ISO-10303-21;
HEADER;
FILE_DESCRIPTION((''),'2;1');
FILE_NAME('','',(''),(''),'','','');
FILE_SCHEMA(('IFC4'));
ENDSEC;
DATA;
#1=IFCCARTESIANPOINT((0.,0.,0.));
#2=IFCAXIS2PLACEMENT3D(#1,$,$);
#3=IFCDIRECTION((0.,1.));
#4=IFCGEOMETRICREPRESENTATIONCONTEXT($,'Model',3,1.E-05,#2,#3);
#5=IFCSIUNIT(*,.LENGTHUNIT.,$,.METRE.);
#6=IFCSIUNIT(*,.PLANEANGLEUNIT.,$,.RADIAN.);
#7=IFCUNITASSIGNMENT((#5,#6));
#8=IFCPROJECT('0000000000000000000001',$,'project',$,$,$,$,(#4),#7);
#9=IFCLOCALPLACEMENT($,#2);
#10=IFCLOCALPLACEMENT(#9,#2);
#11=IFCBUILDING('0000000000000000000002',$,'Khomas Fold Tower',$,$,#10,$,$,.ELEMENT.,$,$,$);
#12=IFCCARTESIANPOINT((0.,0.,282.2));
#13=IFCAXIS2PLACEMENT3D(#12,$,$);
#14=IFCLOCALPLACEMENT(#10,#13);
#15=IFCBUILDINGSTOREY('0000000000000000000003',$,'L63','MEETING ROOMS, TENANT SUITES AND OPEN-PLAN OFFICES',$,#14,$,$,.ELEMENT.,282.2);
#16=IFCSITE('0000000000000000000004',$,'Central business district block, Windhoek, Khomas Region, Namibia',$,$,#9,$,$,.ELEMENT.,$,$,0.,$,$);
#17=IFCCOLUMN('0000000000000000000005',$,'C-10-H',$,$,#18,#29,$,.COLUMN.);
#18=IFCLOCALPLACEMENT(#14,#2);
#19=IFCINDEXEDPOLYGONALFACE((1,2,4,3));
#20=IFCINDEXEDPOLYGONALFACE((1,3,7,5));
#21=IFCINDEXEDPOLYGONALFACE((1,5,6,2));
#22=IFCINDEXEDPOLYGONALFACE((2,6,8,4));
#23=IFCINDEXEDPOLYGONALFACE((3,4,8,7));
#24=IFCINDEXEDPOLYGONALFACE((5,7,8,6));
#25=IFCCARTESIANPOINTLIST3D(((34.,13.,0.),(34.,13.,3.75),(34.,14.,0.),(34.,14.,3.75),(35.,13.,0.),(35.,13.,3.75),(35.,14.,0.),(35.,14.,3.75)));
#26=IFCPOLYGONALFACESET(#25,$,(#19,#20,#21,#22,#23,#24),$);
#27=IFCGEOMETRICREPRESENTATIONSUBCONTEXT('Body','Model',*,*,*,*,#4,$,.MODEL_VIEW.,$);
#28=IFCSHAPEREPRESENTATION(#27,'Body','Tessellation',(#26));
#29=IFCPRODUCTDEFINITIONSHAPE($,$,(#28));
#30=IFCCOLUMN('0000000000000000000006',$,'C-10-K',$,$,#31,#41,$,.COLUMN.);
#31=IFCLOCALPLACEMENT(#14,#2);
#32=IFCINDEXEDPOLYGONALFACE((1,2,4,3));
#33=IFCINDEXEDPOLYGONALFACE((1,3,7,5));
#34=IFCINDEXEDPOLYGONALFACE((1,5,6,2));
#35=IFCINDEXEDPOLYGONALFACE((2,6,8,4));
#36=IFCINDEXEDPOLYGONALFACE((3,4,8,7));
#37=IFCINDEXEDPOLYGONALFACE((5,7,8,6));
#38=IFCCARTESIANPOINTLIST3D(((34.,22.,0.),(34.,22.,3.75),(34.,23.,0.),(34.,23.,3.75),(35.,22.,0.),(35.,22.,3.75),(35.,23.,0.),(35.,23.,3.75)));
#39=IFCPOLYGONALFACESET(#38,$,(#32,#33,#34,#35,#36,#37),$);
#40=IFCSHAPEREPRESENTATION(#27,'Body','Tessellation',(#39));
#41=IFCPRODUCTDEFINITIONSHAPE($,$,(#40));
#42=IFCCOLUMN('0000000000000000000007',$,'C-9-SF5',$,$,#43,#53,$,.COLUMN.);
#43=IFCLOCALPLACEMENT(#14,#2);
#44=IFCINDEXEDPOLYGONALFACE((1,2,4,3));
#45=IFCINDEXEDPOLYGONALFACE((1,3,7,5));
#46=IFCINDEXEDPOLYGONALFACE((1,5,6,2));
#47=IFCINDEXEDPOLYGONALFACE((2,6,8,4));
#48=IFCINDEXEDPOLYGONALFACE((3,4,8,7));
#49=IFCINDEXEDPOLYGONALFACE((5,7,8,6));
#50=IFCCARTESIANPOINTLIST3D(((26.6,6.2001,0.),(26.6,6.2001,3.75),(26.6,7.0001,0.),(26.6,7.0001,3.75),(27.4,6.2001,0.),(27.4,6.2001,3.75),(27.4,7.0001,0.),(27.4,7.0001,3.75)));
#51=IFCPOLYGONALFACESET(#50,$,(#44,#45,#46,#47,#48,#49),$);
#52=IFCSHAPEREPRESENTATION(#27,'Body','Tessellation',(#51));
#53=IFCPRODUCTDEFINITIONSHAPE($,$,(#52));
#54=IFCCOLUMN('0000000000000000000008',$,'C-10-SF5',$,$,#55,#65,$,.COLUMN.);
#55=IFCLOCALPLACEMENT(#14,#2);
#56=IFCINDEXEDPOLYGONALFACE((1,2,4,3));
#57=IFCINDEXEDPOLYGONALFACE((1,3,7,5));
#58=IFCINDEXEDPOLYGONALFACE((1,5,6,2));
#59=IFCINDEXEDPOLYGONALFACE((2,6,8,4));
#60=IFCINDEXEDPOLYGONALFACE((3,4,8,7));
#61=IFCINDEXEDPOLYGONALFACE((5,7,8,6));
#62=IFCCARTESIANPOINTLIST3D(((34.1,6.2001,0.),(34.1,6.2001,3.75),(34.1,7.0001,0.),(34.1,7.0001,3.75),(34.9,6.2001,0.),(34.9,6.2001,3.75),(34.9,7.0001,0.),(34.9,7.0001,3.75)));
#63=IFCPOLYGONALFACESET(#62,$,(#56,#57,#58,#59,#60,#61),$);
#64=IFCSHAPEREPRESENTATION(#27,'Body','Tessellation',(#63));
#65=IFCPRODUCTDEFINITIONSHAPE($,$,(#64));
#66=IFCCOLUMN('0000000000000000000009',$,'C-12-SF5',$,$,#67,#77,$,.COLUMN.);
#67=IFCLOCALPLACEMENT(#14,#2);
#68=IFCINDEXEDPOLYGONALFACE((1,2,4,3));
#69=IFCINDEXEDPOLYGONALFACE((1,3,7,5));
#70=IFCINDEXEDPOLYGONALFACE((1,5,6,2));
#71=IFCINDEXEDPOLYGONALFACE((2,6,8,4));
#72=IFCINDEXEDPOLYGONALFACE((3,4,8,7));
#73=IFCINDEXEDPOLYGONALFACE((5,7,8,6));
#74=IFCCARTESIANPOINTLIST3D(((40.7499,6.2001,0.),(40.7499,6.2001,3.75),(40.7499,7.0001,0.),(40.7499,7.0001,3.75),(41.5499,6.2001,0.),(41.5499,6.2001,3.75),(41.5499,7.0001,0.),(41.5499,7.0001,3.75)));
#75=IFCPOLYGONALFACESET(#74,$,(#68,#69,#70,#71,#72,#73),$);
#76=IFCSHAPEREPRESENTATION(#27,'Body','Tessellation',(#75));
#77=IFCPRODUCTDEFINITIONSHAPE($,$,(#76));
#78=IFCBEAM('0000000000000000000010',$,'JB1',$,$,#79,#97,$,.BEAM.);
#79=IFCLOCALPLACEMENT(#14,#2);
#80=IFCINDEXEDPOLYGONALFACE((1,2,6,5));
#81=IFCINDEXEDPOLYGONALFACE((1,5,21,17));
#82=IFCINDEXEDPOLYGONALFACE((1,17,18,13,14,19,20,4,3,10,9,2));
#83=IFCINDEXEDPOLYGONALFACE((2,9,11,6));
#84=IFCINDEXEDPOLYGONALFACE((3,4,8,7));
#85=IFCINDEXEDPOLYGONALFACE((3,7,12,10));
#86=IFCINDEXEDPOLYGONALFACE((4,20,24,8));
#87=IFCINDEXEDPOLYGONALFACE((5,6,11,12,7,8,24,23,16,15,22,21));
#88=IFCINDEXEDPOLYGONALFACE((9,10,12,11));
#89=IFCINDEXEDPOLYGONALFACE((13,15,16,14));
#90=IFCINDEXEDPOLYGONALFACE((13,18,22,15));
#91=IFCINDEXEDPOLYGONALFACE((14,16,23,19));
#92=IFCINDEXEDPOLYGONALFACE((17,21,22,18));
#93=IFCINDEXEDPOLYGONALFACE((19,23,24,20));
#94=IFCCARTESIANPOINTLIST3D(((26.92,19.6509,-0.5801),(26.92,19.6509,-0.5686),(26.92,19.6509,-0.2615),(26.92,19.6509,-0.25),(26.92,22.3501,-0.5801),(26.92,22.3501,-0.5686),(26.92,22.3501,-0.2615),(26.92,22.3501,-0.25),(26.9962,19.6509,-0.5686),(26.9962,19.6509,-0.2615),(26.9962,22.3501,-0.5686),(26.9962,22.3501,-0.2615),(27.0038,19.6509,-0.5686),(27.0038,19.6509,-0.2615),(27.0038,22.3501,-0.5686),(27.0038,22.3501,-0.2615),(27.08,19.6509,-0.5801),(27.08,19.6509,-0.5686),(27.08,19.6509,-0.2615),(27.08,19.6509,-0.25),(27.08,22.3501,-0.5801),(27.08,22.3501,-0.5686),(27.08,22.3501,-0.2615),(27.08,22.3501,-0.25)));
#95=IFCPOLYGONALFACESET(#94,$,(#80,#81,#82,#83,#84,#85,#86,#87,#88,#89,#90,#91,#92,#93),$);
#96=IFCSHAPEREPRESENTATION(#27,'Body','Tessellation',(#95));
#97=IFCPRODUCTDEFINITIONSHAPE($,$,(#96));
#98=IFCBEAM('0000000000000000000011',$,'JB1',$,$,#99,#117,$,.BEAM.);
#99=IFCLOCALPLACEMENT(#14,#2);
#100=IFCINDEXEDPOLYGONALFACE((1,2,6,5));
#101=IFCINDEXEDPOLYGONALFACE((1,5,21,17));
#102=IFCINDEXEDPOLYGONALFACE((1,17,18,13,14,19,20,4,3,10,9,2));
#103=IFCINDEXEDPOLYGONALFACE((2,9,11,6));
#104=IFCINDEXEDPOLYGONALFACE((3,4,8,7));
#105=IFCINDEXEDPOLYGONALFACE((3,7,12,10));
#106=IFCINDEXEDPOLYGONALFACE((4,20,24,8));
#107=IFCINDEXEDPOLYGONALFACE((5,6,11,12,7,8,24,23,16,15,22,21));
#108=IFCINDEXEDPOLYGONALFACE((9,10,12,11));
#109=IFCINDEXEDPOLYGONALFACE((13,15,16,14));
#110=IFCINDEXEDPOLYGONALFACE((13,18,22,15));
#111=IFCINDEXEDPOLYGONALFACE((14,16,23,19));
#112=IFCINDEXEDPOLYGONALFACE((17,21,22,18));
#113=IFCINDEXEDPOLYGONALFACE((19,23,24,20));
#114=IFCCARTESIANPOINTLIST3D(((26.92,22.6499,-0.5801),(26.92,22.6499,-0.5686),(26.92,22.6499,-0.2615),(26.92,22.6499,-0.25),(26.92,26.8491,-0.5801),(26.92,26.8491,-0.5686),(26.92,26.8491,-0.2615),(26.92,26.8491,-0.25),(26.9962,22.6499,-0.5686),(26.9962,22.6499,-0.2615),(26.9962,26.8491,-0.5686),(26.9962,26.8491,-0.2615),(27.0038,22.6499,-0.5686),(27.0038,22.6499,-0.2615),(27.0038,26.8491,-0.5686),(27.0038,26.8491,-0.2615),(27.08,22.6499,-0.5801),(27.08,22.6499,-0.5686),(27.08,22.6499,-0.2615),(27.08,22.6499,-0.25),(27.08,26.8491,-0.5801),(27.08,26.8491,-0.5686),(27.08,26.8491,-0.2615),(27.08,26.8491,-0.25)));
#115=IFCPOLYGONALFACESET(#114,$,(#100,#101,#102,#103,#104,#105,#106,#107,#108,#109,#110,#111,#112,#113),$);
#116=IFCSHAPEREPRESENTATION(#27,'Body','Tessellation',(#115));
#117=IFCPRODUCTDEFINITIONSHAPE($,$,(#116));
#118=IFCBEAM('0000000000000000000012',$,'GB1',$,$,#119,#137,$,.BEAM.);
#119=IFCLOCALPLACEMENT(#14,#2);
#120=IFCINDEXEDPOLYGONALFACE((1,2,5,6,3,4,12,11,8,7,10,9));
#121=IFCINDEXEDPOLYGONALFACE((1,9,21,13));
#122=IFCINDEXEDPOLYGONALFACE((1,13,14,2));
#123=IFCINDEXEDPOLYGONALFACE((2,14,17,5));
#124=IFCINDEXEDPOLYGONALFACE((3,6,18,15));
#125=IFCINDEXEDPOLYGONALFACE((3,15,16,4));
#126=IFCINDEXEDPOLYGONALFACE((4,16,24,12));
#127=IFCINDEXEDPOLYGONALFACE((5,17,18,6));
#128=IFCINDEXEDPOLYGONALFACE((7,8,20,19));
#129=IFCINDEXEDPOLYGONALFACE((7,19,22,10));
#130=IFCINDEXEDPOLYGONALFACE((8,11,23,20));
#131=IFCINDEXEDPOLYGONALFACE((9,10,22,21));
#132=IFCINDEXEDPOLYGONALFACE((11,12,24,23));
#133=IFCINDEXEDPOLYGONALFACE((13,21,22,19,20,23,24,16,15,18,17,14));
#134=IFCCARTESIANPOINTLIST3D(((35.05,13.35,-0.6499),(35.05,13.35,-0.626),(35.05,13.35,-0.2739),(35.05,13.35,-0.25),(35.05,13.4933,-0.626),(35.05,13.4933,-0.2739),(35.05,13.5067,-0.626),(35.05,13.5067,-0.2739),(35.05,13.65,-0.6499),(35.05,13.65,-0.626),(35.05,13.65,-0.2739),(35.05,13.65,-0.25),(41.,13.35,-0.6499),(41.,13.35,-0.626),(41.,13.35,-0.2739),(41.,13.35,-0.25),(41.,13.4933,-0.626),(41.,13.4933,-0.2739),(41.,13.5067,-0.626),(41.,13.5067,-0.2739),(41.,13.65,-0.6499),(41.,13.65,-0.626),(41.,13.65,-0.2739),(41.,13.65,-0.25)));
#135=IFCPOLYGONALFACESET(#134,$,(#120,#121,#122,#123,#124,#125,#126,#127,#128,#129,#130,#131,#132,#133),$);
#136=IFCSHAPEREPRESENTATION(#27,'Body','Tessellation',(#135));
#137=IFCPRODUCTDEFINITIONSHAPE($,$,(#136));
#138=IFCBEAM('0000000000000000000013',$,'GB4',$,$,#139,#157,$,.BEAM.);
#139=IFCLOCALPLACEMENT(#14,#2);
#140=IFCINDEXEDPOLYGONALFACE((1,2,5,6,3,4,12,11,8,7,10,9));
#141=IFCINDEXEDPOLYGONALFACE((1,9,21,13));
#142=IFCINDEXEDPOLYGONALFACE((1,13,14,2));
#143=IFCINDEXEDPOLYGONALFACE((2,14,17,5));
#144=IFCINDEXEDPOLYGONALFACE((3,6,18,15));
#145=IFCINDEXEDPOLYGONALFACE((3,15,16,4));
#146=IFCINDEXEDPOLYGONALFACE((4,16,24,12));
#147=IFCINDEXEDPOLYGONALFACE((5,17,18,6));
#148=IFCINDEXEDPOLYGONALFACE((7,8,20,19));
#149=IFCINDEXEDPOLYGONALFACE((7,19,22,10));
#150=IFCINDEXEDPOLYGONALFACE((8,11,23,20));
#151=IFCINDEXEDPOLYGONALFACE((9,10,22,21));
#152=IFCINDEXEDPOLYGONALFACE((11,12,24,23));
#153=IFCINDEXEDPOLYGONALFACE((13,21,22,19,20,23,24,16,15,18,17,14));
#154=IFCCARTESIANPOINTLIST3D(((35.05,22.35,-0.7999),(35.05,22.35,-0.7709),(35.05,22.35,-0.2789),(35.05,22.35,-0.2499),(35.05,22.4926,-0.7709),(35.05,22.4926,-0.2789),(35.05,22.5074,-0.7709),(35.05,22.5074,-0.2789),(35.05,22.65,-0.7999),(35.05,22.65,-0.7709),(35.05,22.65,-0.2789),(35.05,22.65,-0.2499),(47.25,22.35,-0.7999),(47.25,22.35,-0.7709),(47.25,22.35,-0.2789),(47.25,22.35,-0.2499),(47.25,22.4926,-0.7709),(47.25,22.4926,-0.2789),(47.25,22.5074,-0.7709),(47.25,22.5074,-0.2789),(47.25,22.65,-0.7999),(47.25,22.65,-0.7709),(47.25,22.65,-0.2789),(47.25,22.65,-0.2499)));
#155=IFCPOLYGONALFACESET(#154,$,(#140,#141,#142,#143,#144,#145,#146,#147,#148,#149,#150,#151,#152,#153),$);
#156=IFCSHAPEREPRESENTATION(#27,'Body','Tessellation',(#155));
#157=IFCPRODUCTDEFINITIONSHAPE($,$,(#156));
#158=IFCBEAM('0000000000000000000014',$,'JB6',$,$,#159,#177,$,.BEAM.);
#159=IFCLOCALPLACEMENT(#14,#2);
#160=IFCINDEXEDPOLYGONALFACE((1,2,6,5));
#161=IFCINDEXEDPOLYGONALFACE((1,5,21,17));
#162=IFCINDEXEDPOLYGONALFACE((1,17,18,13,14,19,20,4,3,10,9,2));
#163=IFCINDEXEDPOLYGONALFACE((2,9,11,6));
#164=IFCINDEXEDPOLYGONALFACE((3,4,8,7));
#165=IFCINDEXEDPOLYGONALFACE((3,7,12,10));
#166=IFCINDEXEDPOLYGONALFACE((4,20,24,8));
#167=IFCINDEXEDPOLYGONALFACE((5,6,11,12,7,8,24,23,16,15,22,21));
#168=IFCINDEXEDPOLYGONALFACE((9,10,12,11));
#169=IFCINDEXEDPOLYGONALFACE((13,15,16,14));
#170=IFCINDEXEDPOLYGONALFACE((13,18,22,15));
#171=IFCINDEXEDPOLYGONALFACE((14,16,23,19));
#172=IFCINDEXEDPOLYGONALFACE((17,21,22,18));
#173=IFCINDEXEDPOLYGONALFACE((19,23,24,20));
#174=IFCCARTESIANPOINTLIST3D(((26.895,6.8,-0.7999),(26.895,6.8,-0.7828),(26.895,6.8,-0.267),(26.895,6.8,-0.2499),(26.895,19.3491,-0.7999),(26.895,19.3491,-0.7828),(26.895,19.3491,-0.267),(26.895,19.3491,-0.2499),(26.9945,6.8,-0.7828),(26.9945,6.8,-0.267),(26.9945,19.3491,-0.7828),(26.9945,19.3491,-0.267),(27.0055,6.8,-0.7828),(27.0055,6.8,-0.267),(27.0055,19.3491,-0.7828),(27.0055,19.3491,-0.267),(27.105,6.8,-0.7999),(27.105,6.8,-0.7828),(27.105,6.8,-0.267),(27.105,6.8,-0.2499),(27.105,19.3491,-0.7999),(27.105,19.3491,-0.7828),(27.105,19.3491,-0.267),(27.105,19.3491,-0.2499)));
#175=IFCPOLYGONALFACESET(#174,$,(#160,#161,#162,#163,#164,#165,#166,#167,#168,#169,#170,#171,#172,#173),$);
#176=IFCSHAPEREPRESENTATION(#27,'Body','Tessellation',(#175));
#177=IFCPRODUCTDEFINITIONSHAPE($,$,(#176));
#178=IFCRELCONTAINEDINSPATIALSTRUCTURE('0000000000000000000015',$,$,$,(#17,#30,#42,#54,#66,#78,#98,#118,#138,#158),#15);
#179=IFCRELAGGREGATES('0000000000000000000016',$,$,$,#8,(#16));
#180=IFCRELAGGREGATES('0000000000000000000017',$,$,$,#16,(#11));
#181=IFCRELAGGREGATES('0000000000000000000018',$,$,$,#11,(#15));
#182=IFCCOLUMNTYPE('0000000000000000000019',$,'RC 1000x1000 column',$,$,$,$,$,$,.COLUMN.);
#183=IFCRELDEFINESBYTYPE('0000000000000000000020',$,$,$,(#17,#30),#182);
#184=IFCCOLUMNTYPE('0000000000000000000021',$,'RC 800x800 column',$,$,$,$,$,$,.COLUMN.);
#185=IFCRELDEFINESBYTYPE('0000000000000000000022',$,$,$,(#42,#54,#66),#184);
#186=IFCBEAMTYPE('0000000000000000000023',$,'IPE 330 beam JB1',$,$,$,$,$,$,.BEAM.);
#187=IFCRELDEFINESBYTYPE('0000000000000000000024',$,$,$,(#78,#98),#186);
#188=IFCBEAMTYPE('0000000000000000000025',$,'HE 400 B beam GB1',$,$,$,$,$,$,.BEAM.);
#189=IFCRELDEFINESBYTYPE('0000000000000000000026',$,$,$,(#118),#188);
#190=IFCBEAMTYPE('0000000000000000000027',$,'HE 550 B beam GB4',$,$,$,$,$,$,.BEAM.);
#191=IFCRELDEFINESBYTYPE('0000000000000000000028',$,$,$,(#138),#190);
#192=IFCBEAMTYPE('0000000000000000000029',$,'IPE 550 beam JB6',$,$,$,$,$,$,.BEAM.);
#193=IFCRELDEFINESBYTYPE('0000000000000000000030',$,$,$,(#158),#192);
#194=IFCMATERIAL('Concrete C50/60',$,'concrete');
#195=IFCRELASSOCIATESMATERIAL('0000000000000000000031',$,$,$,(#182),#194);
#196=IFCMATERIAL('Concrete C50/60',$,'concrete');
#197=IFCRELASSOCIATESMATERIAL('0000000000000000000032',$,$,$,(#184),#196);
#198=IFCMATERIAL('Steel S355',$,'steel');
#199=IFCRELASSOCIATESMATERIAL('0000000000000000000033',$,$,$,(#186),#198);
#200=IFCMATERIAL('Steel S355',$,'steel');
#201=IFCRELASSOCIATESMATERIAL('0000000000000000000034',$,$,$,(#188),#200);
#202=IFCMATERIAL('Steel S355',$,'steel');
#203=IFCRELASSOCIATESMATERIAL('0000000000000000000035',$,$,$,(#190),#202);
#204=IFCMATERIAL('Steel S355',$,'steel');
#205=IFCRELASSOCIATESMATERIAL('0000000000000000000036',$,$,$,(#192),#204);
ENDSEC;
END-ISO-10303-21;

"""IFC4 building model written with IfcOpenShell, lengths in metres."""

from ifc_helpers import new_model, si_unit, direction, frame, origin, origin_2d, place, context, subcontext, project, spatial, rectangle, i_section, extrude, source, transform, mapped, material, material_profile, profile_set, type_object, element, save


model = new_model("IFC4")

# Units and contexts
model_context = context("Model", 3, precision=1e-05, world=origin(), true_north=direction((0.0, 1.0)))
body_context = subcontext(model_context, "Body", "Model", "MODEL_VIEW")
ifc_project = project(units=[si_unit("LENGTHUNIT", "METRE"), si_unit("PLANEANGLEUNIT", "RADIAN")], contexts=[model_context])

# Site, building, storey
site_placement = place(None, origin())
site = spatial("IfcSite", under=ifc_project, at=site_placement, Name="Central business district block, Windhoek, Khomas Region, Namibia", CompositionType="ELEMENT", RefElevation=0.0)
building_placement = place(site_placement, origin())
building = spatial("IfcBuilding", under=site, at=building_placement, Name="Khomas Fold Tower", CompositionType="ELEMENT")
storey_placement = place(building_placement, frame((0.0, 0.0, 282.2)))
storey = spatial("IfcBuildingStorey", under=building, at=storey_placement, Name="L63", Description="MEETING ROOMS, TENANT SUITES AND OPEN-PLAN OFFICES", CompositionType="ELEMENT", Elevation=282.2)

# Columns
ifc_material_1 = material(Name="Concrete C50/60", Category="concrete")
ifc_material_profile_1 = material_profile(ifc_material_1, rectangle(XDim=1.0, YDim=1.0, at=origin_2d()), Name="RC 1000x1000")
ifc_profile_set_1 = profile_set([ifc_material_profile_1], Name="Concrete C50/60")
column_type_1 = type_object("IfcColumnType", Name="RC 1000x1000 column", PredefinedType="COLUMN", material=ifc_profile_set_1)
shared_shape_1 = source(origin(), body_context, "Body", "SweptSolid", [
    extrude(rectangle(XDim=1.0, YDim=1.0, at=origin_2d()), origin(), (0.0, 0.0, 1.0), 3.75),
])
for number, where, z_axis, x_axis, name in (
    (1, (34.5, 13.5, 0.0), (0.0, 0.0, 1.0), (1.0, 0.0, 0.0), "C-10-H"),
    (2, (34.5, 22.5, 0.0), (0.0, 0.0, 1.0), (1.0, 0.0, 0.0), "C-10-K"),
):
    element("IfcColumn", number, at=place(storey_placement, frame(where, z_axis=z_axis, x_axis=x_axis)), inside=storey, type_object=column_type_1, Name=name, PredefinedType="COLUMN", context=body_context, shape_type="MappedRepresentation", body=[
        mapped(shared_shape_1, transform((0.0, 0.0, 0.0))),
    ])
ifc_material_2 = material(Name="Concrete C50/60", Category="concrete")
ifc_material_profile_2 = material_profile(ifc_material_2, rectangle(XDim=0.8, YDim=0.8, at=origin_2d()), Name="RC 800x800")
ifc_profile_set_2 = profile_set([ifc_material_profile_2], Name="Concrete C50/60")
column_type_2 = type_object("IfcColumnType", Name="RC 800x800 column", PredefinedType="COLUMN", material=ifc_profile_set_2)
shared_shape_2 = source(origin(), body_context, "Body", "SweptSolid", [
    extrude(rectangle(XDim=0.8, YDim=0.8, at=origin_2d()), origin(), (0.0, 0.0, 1.0), 3.75),
])
for number, where, z_axis, x_axis, name in (
    (3, (27.0, 6.6001, 0.0), (0.0, 0.0, 1.0), (1.0, 0.0, 0.0), "C-9-SF5"),
    (4, (34.5, 6.6001, 0.0), (0.0, 0.0, 1.0), (1.0, 0.0, 0.0), "C-10-SF5"),
    (5, (41.1499, 6.6001, 0.0), (0.0, 0.0, 1.0), (1.0, 0.0, 0.0), "C-12-SF5"),
):
    element("IfcColumn", number, at=place(storey_placement, frame(where, z_axis=z_axis, x_axis=x_axis)), inside=storey, type_object=column_type_2, Name=name, PredefinedType="COLUMN", context=body_context, shape_type="MappedRepresentation", body=[
        mapped(shared_shape_2, transform((0.0, 0.0, 0.0))),
    ])

# Beams
ifc_material_3 = material(Name="Steel S355", Category="steel")
ifc_material_profile_3 = material_profile(ifc_material_3, i_section(OverallWidth=0.1599, OverallDepth=0.3301, WebThickness=0.0076, FlangeThickness=0.0115, at=origin_2d()), Name="IPE 330")
ifc_profile_set_3 = profile_set([ifc_material_profile_3], Name="Steel S355")
beam_type_1 = type_object("IfcBeamType", Name="IPE 330 beam JB1", PredefinedType="BEAM", material=ifc_profile_set_3)
shared_shape_3 = source(origin(), body_context, "Body", "SweptSolid", [
    extrude(i_section(OverallWidth=0.1599, OverallDepth=0.3301, WebThickness=0.0076, FlangeThickness=0.0115, at=origin_2d()), origin(), (0.0, 0.0, 1.0), 2.6992),
])
beam_1_placement = place(storey_placement, frame((27.0, 19.6509, -0.415), z_axis=(0.0, 1.0, 0.0), x_axis=(-1.0, 0.0, 0.0)))
element("IfcBeam", 6, at=beam_1_placement, inside=storey, type_object=beam_type_1, Name="JB1", PredefinedType="BEAM", context=body_context, shape_type="MappedRepresentation", body=[
    mapped(shared_shape_3, transform((0.0, 0.0, 0.0))),
])
shared_shape_4 = source(origin(), body_context, "Body", "SweptSolid", [
    extrude(i_section(OverallWidth=0.1599, OverallDepth=0.3301, WebThickness=0.0076, FlangeThickness=0.0115, at=origin_2d()), origin(), (0.0, 0.0, 1.0), 4.1992),
])
beam_2_placement = place(storey_placement, frame((27.0, 22.6499, -0.415), z_axis=(0.0, 1.0, 0.0), x_axis=(-1.0, 0.0, 0.0)))
element("IfcBeam", 7, at=beam_2_placement, inside=storey, type_object=beam_type_1, Name="JB1", PredefinedType="BEAM", context=body_context, shape_type="MappedRepresentation", body=[
    mapped(shared_shape_4, transform((0.0, 0.0, 0.0))),
])
ifc_material_4 = material(Name="Steel S355", Category="steel")
ifc_material_profile_4 = material_profile(ifc_material_4, i_section(OverallWidth=0.3, OverallDepth=0.3999, WebThickness=0.0134, FlangeThickness=0.0239, at=origin_2d()), Name="HE 400 B")
ifc_profile_set_4 = profile_set([ifc_material_profile_4], Name="Steel S355")
beam_type_2 = type_object("IfcBeamType", Name="HE 400 B beam GB1", PredefinedType="BEAM", material=ifc_profile_set_4)
shared_shape_5 = source(origin(), body_context, "Body", "SweptSolid", [
    extrude(i_section(OverallWidth=0.3, OverallDepth=0.3999, WebThickness=0.0134, FlangeThickness=0.0239, at=origin_2d()), origin(), (0.0, 0.0, 1.0), 5.95),
])
beam_3_placement = place(storey_placement, frame((35.05, 13.5, -0.45), z_axis=(1.0, 0.0, 0.0), x_axis=(0.0, 1.0, 0.0)))
element("IfcBeam", 8, at=beam_3_placement, inside=storey, type_object=beam_type_2, Name="GB1", PredefinedType="BEAM", context=body_context, shape_type="MappedRepresentation", body=[
    mapped(shared_shape_5, transform((0.0, 0.0, 0.0))),
])
ifc_material_5 = material(Name="Steel S355", Category="steel")
ifc_material_profile_5 = material_profile(ifc_material_5, i_section(OverallWidth=0.3, OverallDepth=0.55, WebThickness=0.0149, FlangeThickness=0.0291, at=origin_2d()), Name="HE 550 B")
ifc_profile_set_5 = profile_set([ifc_material_profile_5], Name="Steel S355")
beam_type_3 = type_object("IfcBeamType", Name="HE 550 B beam GB4", PredefinedType="BEAM", material=ifc_profile_set_5)
shared_shape_6 = source(origin(), body_context, "Body", "SweptSolid", [
    extrude(i_section(OverallWidth=0.3, OverallDepth=0.55, WebThickness=0.0149, FlangeThickness=0.0291, at=origin_2d()), origin(), (0.0, 0.0, 1.0), 12.2),
])
beam_4_placement = place(storey_placement, frame((35.05, 22.5, -0.5249), z_axis=(1.0, 0.0, 0.0), x_axis=(0.0, 1.0, 0.0)))
element("IfcBeam", 9, at=beam_4_placement, inside=storey, type_object=beam_type_3, Name="GB4", PredefinedType="BEAM", context=body_context, shape_type="MappedRepresentation", body=[
    mapped(shared_shape_6, transform((0.0, 0.0, 0.0))),
])
ifc_material_6 = material(Name="Steel S355", Category="steel")
ifc_material_profile_6 = material_profile(ifc_material_6, i_section(OverallWidth=0.21, OverallDepth=0.55, WebThickness=0.011, FlangeThickness=0.0171, at=origin_2d()), Name="IPE 550")
ifc_profile_set_6 = profile_set([ifc_material_profile_6], Name="Steel S355")
beam_type_4 = type_object("IfcBeamType", Name="IPE 550 beam JB6", PredefinedType="BEAM", material=ifc_profile_set_6)
shared_shape_7 = source(origin(), body_context, "Body", "SweptSolid", [
    extrude(i_section(OverallWidth=0.21, OverallDepth=0.55, WebThickness=0.011, FlangeThickness=0.0171, at=origin_2d()), origin(), (0.0, 0.0, 1.0), 12.5491),
])
beam_5_placement = place(storey_placement, frame((27.0, 6.8, -0.5249), z_axis=(0.0, 1.0, 0.0), x_axis=(-1.0, 0.0, 0.0)))
element("IfcBeam", 10, at=beam_5_placement, inside=storey, type_object=beam_type_4, Name="JB6", PredefinedType="BEAM", context=body_context, shape_type="MappedRepresentation", body=[
    mapped(shared_shape_7, transform((0.0, 0.0, 0.0))),
])

save(model, "model.ifc")
